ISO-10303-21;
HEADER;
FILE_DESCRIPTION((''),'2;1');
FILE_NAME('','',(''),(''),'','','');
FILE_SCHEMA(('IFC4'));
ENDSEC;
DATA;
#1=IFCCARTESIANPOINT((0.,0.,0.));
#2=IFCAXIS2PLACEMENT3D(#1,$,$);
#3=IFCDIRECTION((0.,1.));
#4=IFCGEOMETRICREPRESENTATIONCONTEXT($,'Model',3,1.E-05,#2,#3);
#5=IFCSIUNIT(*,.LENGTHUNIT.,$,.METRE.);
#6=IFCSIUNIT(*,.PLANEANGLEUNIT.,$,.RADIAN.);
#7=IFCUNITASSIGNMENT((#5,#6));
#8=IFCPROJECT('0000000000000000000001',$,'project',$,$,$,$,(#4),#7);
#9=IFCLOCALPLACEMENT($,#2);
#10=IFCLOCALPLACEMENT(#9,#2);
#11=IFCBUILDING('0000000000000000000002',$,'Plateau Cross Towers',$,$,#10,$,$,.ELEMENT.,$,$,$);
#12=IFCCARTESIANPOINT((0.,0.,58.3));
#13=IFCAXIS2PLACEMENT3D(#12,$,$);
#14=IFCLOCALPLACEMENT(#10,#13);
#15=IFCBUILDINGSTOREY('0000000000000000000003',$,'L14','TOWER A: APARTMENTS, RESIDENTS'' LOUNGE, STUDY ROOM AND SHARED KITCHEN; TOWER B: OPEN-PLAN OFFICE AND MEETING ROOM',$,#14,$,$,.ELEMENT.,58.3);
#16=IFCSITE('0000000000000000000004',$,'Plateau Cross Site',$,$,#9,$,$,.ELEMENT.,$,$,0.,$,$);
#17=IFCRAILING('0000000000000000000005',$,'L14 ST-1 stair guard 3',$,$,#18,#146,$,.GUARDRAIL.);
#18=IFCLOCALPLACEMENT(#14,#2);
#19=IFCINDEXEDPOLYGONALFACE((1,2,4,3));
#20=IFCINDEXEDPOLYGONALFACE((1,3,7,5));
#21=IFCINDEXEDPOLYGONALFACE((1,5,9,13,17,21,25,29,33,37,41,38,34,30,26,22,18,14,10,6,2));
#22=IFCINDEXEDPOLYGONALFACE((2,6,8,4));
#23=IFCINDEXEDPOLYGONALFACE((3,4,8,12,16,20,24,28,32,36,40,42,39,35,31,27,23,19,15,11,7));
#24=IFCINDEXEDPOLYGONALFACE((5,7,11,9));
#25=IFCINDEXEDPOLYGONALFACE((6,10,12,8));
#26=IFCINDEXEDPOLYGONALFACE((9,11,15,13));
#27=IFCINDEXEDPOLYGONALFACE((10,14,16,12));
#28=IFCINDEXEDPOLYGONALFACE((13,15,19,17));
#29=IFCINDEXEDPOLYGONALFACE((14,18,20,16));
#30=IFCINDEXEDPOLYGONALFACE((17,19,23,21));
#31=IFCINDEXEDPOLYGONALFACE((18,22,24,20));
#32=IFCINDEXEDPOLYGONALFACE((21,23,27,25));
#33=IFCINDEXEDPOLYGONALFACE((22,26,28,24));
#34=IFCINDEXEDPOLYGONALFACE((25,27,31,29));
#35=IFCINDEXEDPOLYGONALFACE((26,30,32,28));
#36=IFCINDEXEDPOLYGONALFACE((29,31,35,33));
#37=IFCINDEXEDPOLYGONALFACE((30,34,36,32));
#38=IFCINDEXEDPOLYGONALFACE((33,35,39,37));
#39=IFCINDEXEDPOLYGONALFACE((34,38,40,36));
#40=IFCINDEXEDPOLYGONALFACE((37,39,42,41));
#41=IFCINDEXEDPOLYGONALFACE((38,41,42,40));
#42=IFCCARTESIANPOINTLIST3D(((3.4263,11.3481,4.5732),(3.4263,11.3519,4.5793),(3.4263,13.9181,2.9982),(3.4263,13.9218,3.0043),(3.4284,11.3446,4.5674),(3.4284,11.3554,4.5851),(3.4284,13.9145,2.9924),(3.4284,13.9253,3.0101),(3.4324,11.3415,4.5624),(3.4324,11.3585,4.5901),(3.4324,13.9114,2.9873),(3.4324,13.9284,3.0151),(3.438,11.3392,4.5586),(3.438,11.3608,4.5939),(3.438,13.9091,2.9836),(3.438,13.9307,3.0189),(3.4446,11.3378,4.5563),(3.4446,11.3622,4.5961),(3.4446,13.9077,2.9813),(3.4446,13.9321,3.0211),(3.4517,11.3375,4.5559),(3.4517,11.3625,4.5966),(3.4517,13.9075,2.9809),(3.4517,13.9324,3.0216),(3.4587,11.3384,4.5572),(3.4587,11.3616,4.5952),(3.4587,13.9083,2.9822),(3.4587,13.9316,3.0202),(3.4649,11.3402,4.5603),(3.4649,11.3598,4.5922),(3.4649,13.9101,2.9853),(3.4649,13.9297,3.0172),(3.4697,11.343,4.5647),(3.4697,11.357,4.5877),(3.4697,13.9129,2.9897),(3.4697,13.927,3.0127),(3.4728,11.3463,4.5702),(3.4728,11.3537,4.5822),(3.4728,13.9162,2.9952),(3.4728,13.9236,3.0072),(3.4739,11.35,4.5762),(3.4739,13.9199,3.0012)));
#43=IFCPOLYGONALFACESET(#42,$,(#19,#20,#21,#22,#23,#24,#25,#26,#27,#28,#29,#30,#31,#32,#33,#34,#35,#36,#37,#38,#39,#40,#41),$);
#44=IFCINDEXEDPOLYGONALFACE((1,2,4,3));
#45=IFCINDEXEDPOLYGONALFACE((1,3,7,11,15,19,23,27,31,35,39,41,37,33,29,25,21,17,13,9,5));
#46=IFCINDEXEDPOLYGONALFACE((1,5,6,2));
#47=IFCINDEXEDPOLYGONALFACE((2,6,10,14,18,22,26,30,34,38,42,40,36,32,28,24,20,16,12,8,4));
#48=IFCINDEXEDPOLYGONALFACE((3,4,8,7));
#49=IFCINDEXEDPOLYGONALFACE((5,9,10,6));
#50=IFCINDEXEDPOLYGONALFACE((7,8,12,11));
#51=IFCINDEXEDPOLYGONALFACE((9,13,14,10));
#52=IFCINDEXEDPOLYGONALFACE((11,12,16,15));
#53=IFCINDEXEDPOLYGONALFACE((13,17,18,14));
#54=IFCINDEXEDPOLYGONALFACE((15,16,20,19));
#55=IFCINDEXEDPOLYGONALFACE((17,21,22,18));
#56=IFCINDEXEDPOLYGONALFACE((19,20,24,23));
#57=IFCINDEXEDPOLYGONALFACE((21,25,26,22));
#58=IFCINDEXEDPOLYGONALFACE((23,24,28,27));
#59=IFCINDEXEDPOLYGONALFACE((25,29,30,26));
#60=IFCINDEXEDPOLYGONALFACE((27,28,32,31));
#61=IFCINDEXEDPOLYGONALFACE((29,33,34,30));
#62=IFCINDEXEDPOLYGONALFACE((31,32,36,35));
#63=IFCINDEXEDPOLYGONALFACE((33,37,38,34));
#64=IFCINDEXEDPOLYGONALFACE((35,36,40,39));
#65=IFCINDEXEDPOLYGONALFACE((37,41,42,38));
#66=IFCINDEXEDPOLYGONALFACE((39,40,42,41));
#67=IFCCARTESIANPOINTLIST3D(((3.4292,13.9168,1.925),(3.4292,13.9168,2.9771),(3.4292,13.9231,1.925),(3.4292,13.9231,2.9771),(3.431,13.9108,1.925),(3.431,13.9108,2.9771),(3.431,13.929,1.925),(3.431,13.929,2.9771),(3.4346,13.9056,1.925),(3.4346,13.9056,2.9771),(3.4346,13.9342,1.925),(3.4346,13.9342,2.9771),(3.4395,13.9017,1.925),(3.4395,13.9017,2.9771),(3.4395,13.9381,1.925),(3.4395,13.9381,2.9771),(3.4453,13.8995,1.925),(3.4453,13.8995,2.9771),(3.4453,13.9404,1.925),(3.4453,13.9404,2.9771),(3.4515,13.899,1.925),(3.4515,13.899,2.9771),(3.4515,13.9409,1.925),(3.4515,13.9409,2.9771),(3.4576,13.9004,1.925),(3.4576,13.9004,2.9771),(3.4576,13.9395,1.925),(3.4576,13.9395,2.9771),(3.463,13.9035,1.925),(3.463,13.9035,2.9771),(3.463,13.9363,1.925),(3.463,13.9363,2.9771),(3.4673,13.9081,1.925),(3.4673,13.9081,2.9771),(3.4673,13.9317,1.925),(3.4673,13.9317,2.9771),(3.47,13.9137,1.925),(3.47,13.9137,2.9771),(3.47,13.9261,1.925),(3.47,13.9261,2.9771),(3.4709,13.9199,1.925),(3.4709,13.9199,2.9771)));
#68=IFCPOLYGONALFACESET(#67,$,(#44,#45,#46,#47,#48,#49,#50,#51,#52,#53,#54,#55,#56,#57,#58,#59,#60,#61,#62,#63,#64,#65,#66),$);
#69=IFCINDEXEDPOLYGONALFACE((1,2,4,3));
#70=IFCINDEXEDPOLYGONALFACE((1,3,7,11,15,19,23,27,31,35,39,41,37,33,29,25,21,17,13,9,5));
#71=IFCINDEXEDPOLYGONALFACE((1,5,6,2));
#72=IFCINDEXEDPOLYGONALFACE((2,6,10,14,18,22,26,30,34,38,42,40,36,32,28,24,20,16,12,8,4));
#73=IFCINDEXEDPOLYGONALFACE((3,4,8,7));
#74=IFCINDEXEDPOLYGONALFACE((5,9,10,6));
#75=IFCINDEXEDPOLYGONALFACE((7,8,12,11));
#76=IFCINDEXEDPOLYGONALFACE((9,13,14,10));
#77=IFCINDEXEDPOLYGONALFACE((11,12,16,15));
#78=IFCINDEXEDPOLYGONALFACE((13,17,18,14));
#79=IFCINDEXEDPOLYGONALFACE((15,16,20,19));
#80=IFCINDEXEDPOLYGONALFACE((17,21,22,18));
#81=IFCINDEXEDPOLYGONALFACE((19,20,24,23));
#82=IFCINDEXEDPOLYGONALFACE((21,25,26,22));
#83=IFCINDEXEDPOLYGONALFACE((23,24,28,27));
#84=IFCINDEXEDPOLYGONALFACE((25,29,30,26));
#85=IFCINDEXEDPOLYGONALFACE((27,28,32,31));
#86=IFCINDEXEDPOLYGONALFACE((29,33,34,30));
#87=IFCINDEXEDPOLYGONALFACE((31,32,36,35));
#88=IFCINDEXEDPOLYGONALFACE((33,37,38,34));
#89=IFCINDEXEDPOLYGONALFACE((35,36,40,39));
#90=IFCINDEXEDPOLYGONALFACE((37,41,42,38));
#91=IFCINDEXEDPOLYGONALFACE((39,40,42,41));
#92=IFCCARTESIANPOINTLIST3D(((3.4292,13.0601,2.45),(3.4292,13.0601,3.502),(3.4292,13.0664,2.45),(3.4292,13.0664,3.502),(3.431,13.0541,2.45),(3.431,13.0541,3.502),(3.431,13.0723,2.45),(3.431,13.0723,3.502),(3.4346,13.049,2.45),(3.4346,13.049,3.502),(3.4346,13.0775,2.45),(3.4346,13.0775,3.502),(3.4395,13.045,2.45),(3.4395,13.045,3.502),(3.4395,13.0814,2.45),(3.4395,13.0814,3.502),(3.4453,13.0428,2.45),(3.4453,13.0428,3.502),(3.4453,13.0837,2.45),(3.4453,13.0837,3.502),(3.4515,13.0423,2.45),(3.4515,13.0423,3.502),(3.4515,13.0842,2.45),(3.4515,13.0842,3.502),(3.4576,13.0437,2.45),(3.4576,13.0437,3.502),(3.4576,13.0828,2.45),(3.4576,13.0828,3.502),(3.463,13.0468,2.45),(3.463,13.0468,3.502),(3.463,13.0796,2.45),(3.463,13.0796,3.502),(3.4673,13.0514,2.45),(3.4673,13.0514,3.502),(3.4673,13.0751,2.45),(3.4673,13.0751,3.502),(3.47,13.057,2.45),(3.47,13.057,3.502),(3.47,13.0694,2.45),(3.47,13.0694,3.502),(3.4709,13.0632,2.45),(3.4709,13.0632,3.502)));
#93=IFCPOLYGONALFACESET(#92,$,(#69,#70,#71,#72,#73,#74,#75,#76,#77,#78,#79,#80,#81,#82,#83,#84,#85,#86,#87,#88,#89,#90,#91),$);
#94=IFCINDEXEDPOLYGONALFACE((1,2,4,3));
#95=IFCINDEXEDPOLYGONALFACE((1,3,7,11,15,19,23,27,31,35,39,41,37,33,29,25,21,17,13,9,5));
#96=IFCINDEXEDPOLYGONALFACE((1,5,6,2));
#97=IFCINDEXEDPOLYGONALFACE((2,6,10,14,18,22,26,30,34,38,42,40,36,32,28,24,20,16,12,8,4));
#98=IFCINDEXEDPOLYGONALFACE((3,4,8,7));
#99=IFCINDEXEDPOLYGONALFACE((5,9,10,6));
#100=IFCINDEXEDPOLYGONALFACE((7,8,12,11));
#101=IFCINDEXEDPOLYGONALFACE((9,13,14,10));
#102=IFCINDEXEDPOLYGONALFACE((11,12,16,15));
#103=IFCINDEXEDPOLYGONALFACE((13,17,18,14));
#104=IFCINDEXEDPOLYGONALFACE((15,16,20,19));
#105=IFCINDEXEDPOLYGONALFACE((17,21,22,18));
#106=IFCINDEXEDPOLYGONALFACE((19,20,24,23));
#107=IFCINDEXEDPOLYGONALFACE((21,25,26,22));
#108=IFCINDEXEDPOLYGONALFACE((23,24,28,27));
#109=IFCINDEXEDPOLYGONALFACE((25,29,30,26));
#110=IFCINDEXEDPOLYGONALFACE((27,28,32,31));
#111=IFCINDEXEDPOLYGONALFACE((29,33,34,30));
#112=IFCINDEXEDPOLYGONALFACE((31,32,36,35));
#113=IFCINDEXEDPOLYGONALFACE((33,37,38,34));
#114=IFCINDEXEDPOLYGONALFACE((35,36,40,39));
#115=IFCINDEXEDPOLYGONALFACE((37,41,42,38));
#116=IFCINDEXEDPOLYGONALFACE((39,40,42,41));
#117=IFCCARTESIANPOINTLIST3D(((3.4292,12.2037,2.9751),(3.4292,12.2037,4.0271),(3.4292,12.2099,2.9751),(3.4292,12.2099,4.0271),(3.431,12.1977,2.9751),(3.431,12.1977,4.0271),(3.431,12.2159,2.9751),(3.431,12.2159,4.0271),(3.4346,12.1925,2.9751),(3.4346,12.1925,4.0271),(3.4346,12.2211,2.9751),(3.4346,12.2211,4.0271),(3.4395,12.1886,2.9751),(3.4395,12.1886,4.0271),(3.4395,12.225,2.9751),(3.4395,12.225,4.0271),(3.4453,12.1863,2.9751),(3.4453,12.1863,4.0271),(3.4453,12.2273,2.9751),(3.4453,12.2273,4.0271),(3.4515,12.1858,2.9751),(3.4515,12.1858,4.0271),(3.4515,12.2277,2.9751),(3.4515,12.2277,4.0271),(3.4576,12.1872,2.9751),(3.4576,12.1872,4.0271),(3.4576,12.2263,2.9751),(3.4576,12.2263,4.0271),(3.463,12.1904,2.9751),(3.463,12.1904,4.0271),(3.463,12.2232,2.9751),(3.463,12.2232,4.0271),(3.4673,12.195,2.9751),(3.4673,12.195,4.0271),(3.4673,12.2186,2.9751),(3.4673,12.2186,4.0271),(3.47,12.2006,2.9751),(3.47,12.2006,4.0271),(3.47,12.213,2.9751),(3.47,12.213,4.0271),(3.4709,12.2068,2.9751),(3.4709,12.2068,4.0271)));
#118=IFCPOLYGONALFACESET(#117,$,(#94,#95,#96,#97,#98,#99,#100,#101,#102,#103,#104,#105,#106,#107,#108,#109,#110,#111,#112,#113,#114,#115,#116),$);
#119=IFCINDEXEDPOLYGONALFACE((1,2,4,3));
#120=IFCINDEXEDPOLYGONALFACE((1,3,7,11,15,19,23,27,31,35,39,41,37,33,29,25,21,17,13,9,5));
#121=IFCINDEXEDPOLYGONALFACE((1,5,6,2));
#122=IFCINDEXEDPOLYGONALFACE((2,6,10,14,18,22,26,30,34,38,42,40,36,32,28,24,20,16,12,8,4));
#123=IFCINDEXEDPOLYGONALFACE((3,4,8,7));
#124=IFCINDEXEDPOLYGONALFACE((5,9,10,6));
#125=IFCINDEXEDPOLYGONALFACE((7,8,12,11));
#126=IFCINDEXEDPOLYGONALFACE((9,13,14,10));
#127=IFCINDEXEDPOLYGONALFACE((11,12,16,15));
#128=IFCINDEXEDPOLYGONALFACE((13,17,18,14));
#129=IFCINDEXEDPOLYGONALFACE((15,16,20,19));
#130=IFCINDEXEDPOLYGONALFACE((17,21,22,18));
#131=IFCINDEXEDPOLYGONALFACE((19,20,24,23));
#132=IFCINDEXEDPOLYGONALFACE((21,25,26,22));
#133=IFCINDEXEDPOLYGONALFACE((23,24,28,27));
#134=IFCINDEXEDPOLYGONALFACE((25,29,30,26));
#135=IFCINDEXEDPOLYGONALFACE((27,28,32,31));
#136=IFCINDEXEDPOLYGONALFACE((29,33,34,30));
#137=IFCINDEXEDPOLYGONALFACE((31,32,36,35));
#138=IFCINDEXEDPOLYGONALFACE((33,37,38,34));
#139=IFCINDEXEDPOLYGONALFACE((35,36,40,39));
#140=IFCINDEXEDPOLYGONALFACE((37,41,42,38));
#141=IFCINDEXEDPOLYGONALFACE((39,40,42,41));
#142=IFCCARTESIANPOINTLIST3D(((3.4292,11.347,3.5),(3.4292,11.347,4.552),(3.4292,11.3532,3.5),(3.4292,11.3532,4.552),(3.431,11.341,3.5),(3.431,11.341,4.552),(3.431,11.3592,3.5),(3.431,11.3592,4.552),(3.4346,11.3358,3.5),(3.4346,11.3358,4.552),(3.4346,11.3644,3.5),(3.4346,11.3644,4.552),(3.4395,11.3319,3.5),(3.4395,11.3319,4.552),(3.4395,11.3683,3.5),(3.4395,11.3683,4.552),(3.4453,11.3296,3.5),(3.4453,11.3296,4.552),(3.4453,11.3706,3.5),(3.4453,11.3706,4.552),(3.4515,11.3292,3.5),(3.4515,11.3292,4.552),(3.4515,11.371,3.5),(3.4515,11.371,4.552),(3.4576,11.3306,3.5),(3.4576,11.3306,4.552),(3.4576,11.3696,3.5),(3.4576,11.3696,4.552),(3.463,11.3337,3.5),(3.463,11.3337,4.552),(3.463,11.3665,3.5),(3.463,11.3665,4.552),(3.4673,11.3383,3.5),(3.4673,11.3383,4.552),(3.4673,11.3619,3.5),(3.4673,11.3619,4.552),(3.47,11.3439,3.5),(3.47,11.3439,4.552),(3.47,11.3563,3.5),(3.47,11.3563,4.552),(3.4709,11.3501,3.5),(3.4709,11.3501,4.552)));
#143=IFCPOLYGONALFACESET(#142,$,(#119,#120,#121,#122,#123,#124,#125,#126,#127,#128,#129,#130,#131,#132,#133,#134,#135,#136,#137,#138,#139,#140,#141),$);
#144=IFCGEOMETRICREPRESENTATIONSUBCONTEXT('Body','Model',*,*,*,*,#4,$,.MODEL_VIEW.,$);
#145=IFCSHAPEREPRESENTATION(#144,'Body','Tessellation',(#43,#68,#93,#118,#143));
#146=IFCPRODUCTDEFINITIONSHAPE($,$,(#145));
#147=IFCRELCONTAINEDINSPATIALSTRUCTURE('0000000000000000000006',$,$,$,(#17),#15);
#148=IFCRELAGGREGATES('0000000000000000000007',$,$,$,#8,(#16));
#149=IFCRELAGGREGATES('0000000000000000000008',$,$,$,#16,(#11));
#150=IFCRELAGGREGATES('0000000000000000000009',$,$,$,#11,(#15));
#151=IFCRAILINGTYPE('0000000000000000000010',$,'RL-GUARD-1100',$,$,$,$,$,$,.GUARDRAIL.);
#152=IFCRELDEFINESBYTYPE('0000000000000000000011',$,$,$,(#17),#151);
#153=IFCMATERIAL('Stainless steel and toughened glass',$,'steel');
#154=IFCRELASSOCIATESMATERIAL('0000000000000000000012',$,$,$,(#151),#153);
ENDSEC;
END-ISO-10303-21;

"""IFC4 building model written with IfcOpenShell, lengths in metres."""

from ifc_helpers import new_model, si_unit, direction, frame, origin, origin_2d, place, context, subcontext, project, spatial, circle, extrude, material, type_object, element, save


model = new_model("IFC4")

# Units and contexts
model_context = context("Model", 3, precision=1e-05, world=origin(), true_north=direction((0.0, 1.0)))
body_context = subcontext(model_context, "Body", "Model", "MODEL_VIEW")
ifc_project = project(units=[si_unit("LENGTHUNIT", "METRE"), si_unit("PLANEANGLEUNIT", "RADIAN")], contexts=[model_context])

# Site, building, storey
site_placement = place(None, origin())
site = spatial("IfcSite", under=ifc_project, at=site_placement, Name="Plateau Cross Site", CompositionType="ELEMENT", RefElevation=0.0)
building_placement = place(site_placement, origin())
building = spatial("IfcBuilding", under=site, at=building_placement, Name="Plateau Cross Towers", CompositionType="ELEMENT")
storey_placement = place(building_placement, frame((0.0, 0.0, 58.3)))
storey = spatial("IfcBuildingStorey", under=building, at=storey_placement, Name="L14", Description="TOWER A: APARTMENTS, RESIDENTS' LOUNGE, STUDY ROOM AND SHARED KITCHEN; TOWER B: OPEN-PLAN OFFICE AND MEETING ROOM", CompositionType="ELEMENT", Elevation=58.3)

# Railing
ifc_material_1 = material(Name="Stainless steel and toughened glass", Category="steel")
railing_type_1 = type_object("IfcRailingType", Name="RL-GUARD-1100", PredefinedType="GUARDRAIL", material=ifc_material_1)
railing_1_placement = place(storey_placement, frame((3.45, 13.9199, 1.925)))
element("IfcRailing", 1, at=railing_1_placement, inside=storey, type_object=railing_type_1, Name="L14 ST-1 stair guard 3", PredefinedType="GUARDRAIL", context=body_context, shape_type="SweptSolid", body=[
    extrude(circle(Radius=0.0239, at=origin_2d()), frame((0.0, 0.0, 1.0762), z_axis=(0.0, -0.852616, 0.522537), x_axis=(1.0, 0.0, 0.0)), (0.0, 0.0, 1.0), 3.0142),
    extrude(circle(Radius=0.021, at=origin_2d()), origin(), (0.0, 0.0, 1.0), 1.052),
    extrude(circle(Radius=0.021, at=origin_2d()), frame((0.0, -0.8567, 0.5249)), (0.0, 0.0, 1.0), 1.052),
    extrude(circle(Radius=0.021, at=origin_2d()), frame((0.0, -1.7131, 1.05)), (0.0, 0.0, 1.0), 1.052),
    extrude(circle(Radius=0.021, at=origin_2d()), frame((0.0, -2.5698, 1.575)), (0.0, 0.0, 1.0), 1.052),
])

save(model, "model.ifc")
